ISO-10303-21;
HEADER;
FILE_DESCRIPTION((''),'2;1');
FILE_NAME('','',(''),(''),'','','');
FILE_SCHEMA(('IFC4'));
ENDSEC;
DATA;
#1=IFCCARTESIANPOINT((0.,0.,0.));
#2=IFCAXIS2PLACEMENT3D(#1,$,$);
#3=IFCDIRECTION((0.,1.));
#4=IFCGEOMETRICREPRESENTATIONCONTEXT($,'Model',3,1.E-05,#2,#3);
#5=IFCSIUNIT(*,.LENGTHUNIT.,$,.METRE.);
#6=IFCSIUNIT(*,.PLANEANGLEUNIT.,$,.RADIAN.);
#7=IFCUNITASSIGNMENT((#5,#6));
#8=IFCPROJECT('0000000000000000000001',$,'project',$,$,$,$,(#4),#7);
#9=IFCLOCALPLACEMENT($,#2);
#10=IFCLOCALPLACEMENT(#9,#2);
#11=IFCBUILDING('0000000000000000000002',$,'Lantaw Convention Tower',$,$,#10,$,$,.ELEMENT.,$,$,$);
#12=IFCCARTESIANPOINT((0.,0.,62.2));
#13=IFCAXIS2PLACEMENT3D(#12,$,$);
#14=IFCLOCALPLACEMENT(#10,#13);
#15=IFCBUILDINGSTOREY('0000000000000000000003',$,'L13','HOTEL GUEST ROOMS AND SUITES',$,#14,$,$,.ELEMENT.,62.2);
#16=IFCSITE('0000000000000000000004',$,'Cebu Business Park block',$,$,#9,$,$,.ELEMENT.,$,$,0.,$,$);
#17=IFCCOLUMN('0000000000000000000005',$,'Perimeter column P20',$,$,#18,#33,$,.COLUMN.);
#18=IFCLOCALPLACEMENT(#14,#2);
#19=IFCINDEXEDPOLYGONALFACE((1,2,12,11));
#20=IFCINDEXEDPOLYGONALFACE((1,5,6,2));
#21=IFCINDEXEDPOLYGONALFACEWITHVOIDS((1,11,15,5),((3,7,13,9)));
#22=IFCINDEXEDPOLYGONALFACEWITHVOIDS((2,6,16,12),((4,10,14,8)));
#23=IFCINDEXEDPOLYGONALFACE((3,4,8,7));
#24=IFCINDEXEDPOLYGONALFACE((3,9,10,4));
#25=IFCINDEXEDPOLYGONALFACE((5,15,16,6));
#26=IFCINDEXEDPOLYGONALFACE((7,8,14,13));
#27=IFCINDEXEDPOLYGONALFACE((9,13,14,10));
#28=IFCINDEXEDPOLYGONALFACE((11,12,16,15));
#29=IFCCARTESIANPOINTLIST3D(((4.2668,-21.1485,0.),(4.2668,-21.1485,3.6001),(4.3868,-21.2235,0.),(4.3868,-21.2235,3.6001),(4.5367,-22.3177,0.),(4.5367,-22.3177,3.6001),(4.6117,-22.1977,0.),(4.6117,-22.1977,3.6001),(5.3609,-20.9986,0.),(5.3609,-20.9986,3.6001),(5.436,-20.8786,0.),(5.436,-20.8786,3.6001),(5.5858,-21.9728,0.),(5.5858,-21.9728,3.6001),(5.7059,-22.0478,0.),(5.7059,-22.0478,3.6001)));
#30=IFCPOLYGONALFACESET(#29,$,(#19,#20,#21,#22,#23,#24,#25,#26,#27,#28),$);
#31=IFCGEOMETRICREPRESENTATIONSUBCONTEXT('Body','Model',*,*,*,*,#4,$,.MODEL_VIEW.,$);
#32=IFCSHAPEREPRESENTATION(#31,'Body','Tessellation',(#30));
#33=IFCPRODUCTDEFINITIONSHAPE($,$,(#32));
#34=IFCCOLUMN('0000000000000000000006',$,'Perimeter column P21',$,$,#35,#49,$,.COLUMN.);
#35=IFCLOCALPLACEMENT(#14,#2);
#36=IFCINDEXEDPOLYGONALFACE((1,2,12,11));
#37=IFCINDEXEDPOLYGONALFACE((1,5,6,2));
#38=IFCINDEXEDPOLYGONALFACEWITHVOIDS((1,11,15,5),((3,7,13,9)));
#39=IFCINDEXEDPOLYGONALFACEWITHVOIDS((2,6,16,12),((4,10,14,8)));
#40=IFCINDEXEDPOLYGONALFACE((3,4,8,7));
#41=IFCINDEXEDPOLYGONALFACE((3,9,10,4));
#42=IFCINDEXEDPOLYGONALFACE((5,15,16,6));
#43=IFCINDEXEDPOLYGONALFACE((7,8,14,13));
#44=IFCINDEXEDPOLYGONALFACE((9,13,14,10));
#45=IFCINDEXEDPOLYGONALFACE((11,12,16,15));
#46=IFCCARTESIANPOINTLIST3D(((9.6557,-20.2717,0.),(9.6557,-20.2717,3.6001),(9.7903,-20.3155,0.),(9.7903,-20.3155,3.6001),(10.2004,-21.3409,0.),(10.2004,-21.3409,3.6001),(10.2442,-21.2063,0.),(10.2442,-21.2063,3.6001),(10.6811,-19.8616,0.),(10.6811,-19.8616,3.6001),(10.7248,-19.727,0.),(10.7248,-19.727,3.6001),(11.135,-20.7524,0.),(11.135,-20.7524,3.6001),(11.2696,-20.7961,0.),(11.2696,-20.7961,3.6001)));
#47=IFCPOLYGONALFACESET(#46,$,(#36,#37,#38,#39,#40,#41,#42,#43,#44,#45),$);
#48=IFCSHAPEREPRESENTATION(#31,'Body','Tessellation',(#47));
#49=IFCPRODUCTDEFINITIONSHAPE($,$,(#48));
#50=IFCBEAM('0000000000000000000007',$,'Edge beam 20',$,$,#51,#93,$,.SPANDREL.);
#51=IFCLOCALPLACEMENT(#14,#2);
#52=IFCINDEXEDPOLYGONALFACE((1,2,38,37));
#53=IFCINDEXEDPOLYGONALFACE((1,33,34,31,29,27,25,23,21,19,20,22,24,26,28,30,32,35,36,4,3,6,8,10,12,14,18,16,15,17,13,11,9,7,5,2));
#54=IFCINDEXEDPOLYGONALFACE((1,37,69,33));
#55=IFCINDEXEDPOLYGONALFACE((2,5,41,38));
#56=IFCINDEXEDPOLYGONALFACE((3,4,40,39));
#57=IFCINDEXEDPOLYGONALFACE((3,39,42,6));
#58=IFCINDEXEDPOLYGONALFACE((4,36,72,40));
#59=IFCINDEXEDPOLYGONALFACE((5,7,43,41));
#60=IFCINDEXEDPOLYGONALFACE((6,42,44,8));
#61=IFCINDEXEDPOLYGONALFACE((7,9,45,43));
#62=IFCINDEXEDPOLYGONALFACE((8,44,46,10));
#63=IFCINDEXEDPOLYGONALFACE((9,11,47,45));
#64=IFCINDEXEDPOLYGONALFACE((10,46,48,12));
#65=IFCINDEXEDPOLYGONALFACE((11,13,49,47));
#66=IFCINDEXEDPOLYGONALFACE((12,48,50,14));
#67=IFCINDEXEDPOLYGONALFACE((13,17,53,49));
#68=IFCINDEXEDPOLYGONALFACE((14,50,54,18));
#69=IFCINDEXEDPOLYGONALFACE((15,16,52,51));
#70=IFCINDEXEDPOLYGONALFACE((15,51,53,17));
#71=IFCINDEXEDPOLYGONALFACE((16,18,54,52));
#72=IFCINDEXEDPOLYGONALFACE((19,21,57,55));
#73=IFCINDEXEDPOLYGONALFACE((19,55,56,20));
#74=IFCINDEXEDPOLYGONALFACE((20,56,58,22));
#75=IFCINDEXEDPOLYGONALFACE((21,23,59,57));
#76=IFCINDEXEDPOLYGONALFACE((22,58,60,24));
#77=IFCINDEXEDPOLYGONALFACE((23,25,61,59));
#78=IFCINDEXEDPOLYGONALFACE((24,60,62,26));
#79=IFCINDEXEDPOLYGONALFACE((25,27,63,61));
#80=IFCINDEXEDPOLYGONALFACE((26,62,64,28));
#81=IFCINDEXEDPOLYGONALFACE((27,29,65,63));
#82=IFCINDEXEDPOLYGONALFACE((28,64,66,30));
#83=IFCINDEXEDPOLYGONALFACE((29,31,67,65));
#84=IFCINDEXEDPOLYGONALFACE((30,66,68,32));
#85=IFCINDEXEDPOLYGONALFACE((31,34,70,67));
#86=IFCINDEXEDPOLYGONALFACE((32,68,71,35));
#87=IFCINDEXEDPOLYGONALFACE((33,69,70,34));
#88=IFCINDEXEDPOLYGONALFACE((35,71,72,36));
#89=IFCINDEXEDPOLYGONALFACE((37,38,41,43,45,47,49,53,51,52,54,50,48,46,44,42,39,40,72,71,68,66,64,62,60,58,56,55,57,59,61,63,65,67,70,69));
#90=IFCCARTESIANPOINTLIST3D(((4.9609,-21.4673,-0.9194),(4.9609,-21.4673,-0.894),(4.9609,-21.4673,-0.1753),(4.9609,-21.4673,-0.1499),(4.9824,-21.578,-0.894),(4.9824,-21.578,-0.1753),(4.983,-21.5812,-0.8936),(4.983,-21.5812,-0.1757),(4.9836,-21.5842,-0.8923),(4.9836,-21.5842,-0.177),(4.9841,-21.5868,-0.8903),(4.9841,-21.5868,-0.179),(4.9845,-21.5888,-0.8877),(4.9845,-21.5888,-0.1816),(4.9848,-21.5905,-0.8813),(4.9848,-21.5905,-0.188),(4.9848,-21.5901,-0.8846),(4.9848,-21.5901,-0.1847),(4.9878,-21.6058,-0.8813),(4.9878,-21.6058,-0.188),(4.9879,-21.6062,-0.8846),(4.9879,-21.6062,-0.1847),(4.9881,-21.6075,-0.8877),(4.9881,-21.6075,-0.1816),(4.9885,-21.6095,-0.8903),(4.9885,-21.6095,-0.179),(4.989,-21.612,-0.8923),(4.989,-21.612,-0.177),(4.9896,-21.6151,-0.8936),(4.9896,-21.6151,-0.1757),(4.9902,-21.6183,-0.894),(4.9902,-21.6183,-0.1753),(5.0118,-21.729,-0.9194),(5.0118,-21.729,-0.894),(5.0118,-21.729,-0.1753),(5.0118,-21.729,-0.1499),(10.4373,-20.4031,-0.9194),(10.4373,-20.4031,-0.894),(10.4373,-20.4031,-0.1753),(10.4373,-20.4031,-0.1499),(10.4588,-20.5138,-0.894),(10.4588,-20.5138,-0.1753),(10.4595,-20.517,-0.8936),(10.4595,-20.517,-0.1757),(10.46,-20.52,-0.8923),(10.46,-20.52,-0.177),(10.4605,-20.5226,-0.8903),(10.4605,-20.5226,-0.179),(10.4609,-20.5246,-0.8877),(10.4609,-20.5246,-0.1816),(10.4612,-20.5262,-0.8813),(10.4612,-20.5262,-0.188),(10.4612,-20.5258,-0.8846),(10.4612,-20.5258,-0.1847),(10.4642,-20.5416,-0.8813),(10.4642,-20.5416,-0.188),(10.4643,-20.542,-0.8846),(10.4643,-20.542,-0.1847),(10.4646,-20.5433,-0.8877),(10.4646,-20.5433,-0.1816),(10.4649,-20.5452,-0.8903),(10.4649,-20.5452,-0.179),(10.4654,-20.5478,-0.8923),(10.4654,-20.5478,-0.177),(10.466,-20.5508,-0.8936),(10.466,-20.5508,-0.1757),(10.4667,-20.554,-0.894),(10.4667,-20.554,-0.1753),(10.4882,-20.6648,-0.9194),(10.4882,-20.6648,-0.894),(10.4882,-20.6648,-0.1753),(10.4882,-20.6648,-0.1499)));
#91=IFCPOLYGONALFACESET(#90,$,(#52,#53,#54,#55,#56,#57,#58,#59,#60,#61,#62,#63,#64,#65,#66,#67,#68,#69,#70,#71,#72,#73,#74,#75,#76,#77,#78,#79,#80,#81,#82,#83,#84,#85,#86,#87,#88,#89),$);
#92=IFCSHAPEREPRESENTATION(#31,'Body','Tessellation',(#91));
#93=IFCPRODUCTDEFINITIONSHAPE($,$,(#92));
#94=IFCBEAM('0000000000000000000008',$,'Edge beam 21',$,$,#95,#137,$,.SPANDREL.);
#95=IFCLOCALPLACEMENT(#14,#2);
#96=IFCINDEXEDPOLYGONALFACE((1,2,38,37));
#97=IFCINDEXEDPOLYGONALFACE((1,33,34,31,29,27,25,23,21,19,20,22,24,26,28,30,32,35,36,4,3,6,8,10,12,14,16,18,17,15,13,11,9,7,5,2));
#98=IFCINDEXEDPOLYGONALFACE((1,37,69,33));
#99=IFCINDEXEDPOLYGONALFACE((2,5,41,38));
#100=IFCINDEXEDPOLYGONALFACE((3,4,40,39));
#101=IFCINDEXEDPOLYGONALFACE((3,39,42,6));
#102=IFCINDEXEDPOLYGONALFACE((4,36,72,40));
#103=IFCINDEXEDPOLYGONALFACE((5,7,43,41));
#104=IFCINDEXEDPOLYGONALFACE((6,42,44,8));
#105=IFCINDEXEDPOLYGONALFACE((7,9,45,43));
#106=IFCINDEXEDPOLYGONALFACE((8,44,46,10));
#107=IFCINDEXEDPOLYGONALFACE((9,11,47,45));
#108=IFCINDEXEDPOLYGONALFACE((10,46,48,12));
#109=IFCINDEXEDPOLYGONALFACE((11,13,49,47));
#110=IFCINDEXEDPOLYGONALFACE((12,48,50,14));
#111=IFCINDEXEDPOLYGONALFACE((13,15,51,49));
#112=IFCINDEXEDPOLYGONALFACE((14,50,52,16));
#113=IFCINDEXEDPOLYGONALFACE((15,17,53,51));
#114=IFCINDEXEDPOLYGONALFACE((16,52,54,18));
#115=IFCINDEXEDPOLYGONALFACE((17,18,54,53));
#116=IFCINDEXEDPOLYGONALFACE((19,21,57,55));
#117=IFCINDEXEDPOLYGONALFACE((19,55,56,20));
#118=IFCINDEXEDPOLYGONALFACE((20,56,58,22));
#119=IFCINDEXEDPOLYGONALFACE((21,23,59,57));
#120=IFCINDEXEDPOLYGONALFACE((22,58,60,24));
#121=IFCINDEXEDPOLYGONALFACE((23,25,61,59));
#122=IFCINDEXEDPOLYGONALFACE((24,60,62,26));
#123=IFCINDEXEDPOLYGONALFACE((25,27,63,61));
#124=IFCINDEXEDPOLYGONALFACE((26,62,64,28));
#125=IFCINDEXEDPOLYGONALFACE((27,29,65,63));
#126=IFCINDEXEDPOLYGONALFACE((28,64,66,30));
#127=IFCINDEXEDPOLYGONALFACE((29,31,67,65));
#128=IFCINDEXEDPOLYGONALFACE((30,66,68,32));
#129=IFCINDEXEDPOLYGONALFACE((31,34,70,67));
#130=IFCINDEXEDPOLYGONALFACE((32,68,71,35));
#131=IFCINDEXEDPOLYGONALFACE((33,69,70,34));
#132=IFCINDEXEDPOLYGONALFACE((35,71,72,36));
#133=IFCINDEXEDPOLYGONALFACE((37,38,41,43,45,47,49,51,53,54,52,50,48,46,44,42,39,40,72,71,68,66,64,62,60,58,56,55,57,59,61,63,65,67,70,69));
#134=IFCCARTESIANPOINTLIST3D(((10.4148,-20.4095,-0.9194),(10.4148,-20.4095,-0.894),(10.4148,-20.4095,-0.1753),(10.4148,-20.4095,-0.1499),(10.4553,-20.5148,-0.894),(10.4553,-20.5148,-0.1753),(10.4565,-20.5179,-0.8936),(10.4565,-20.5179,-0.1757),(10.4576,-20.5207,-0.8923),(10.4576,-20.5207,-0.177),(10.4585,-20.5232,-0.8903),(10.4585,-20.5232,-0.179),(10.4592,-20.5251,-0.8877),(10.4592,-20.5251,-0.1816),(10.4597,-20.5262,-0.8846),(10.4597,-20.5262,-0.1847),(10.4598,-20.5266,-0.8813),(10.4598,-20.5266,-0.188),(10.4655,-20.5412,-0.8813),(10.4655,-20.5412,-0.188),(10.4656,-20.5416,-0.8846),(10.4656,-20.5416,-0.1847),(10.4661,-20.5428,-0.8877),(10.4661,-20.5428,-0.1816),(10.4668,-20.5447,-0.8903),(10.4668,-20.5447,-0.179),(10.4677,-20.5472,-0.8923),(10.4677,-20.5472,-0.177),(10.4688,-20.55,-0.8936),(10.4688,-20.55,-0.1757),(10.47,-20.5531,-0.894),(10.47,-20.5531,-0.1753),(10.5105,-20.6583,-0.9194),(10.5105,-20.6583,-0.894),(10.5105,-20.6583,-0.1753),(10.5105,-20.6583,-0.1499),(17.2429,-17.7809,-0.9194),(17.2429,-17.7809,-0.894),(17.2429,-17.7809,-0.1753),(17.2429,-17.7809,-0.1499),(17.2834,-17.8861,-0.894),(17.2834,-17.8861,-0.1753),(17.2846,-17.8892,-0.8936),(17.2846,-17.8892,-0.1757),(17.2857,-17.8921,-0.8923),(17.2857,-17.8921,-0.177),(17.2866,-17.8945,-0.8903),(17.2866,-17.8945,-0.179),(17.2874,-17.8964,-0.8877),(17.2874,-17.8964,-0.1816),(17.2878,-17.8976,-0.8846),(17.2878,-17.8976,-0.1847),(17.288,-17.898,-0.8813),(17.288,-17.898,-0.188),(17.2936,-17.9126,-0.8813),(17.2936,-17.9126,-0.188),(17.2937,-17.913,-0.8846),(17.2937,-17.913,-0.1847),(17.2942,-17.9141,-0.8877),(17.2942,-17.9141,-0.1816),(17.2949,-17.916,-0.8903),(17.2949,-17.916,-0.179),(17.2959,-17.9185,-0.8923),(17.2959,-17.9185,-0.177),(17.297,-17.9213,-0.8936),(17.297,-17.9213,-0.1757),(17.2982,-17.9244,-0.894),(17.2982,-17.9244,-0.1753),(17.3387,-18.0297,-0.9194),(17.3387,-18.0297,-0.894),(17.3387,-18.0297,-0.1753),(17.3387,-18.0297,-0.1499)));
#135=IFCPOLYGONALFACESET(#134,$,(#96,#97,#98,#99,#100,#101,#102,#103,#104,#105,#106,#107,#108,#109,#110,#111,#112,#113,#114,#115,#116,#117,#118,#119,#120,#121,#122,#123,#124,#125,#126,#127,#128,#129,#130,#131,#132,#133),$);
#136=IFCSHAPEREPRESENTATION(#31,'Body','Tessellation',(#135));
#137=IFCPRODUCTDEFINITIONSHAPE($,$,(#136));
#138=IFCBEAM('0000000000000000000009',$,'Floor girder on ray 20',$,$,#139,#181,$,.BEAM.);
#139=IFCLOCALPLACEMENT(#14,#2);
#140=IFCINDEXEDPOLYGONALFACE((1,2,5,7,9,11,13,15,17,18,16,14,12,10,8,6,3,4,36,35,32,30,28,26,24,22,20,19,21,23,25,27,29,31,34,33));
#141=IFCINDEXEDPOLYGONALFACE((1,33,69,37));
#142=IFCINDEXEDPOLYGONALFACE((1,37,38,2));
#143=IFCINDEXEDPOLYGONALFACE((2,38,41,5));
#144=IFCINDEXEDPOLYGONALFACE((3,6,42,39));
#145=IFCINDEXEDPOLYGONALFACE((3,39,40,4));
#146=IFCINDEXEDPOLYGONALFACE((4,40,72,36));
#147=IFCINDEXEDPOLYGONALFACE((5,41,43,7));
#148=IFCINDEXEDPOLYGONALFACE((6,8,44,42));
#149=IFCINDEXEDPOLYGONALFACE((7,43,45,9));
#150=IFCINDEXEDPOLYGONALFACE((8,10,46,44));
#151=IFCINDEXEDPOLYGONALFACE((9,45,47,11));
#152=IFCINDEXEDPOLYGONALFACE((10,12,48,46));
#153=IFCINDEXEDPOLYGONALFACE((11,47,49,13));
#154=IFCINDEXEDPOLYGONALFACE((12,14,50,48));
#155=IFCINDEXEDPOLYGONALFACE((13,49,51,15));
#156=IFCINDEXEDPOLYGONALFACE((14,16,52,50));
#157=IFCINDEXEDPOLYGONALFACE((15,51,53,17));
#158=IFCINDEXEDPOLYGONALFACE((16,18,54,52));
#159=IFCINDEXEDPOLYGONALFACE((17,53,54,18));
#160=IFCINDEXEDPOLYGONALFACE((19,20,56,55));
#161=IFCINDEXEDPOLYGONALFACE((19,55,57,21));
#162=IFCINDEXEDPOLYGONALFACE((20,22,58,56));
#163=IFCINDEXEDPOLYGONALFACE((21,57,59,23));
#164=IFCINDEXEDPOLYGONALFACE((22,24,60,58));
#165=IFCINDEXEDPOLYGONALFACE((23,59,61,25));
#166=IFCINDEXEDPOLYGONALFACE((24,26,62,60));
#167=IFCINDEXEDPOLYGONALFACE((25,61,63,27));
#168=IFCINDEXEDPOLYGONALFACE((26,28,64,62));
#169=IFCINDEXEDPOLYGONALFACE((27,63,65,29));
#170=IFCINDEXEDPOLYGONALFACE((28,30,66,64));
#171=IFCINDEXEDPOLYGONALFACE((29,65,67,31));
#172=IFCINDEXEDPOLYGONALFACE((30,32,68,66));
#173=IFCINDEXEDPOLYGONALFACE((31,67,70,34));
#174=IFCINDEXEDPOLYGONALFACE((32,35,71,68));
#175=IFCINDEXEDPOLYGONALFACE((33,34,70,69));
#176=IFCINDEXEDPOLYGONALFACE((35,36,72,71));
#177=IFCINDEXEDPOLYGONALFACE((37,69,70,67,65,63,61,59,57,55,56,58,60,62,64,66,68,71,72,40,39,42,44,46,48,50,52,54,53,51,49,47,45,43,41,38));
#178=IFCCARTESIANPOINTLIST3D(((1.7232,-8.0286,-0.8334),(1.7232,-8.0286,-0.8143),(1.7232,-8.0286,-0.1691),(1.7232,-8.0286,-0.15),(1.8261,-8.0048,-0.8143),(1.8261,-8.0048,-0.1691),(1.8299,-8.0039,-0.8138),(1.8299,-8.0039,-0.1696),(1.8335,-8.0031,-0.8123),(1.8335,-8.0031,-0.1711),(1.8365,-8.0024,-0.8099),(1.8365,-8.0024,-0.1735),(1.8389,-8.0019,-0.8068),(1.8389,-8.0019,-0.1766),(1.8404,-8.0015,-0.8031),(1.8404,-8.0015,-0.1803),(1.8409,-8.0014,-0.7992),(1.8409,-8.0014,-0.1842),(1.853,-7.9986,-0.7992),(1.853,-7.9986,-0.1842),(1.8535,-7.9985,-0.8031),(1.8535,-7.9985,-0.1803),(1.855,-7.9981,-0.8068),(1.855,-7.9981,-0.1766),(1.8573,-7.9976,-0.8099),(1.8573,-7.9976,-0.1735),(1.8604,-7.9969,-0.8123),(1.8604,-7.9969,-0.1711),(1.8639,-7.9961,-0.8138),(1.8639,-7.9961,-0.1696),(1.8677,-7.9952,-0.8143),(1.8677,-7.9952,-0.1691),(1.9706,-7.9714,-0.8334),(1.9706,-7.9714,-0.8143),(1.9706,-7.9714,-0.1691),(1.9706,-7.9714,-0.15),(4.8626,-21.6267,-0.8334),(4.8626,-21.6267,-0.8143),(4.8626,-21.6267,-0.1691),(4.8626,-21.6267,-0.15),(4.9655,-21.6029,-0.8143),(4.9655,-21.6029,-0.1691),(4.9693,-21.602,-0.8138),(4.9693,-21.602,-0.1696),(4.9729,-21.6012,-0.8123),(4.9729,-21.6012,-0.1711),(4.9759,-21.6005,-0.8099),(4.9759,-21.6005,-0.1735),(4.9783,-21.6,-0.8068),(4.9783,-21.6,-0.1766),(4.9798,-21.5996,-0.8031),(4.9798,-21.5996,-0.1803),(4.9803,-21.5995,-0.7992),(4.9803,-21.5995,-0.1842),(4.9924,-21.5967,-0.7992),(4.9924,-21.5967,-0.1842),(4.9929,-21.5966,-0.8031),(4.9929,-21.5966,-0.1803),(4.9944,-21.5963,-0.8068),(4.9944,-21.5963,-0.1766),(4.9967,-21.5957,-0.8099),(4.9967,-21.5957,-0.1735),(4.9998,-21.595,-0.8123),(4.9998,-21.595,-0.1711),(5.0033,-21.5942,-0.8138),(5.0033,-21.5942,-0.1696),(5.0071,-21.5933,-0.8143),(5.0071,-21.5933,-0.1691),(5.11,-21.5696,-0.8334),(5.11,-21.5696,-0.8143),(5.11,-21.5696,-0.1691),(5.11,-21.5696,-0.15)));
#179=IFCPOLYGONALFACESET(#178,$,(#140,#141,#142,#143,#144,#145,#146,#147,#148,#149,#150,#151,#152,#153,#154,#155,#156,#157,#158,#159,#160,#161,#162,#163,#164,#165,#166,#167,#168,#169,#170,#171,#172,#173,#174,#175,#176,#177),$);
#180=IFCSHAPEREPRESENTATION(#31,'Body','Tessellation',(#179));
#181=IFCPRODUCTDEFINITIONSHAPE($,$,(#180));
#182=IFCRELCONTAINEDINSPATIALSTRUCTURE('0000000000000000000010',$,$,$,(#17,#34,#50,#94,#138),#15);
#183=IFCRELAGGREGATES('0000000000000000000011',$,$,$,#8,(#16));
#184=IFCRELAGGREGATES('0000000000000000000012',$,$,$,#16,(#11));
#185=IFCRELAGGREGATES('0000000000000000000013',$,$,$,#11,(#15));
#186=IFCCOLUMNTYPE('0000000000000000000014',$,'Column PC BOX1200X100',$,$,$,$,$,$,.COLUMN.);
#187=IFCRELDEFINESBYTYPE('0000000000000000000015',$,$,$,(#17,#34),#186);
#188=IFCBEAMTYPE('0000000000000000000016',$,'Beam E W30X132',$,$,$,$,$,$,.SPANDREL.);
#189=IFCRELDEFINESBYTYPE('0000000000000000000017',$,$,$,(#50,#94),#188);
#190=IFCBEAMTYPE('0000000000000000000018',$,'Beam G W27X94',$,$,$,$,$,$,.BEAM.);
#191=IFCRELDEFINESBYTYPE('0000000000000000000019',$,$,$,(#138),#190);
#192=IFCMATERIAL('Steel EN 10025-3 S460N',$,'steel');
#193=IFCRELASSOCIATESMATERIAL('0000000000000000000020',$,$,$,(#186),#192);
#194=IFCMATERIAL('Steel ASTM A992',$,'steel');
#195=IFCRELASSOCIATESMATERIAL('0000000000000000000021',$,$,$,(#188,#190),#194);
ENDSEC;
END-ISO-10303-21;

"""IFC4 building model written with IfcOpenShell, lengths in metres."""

from ifc_helpers import new_model, si_unit, direction, frame, origin, origin_2d, place, context, subcontext, project, spatial, rectangle, hollow_rectangle, i_section, extrude, material, material_profile, profile_set, type_object, element, save


model = new_model("IFC4")

# Units and contexts
model_context = context("Model", 3, precision=1e-05, world=origin(), true_north=direction((0.0, 1.0)))
body_context = subcontext(model_context, "Body", "Model", "MODEL_VIEW")
ifc_project = project(units=[si_unit("LENGTHUNIT", "METRE"), si_unit("PLANEANGLEUNIT", "RADIAN")], contexts=[model_context])

# Site, building, storey
site_placement = place(None, origin())
site = spatial("IfcSite", under=ifc_project, at=site_placement, Name="Cebu Business Park block", CompositionType="ELEMENT", RefElevation=0.0)
building_placement = place(site_placement, origin())
building = spatial("IfcBuilding", under=site, at=building_placement, Name="Lantaw Convention Tower", CompositionType="ELEMENT")
storey_placement = place(building_placement, frame((0.0, 0.0, 62.2)))
storey = spatial("IfcBuildingStorey", under=building, at=storey_placement, Name="L13", Description="HOTEL GUEST ROOMS AND SUITES", CompositionType="ELEMENT", Elevation=62.2)

# Columns
ifc_material_1 = material(Name="Steel EN 10025-3 S460N", Category="steel")
ifc_material_profile_1 = material_profile(ifc_material_1, hollow_rectangle(XDim=1.2, YDim=1.2, WallThickness=0.1001, at=origin_2d()), Name="BOX1200X100")
ifc_material_2 = material(Name="Concrete C60/75", Category="concrete")
ifc_material_profile_2 = material_profile(ifc_material_2, rectangle(XDim=1.0, YDim=1.0, at=origin_2d()), Name="Concrete fill of BOX1200X100")
ifc_profile_set_1 = profile_set([ifc_material_profile_1, ifc_material_profile_2], Name="Steel EN 10025-3 S460N")
column_type = type_object("IfcColumnType", Name="Column PC BOX1200X100", PredefinedType="COLUMN", material=ifc_profile_set_1)
for number, where, z_axis, x_axis, name in (
    (1, (4.9863, -21.5981, 0.0), (0.0, 0.0, 1.0), (0.97437, 0.224951, 0.0), "Perimeter column P20"),
    (2, (10.4626, -20.5339, 0.0), (0.0, 0.0, 1.0), (0.891007, 0.45399, 0.0), "Perimeter column P21"),
):
    element("IfcColumn", number, at=place(storey_placement, frame(where, z_axis=z_axis, x_axis=x_axis)), inside=storey, type_object=column_type, Name=name, PredefinedType="COLUMN", context=body_context, shape_type="SweptSolid", body=[
        extrude(hollow_rectangle(XDim=1.2, YDim=1.2, WallThickness=0.1001, at=origin_2d()), origin(), (0.0, 0.0, 1.0), 3.6001),
    ])

# Beams
ifc_material_3 = material(Name="Steel ASTM A992", Category="steel")
ifc_material_profile_3 = material_profile(ifc_material_3, i_section(OverallWidth=0.2666, OverallDepth=0.7695, WebThickness=0.0156, FlangeThickness=0.0254, FilletRadius=0.0127, at=origin_2d()), Name="W30X132")
ifc_profile_set_2 = profile_set([ifc_material_profile_3], Name="Steel ASTM A992")
beam_type_1 = type_object("IfcBeamType", Name="Beam E W30X132", PredefinedType="SPANDREL", material=ifc_profile_set_2)
beam_1_placement = place(storey_placement, frame((4.9863, -21.5981, -0.5347), z_axis=(0.981637, 0.190761, 0.0), x_axis=(-0.190761, 0.981637, 0.0)))
element("IfcBeam", 3, at=beam_1_placement, inside=storey, type_object=beam_type_1, Name="Edge beam 20", PredefinedType="SPANDREL", context=body_context, shape_type="SweptSolid", body=[
    extrude(i_section(OverallWidth=0.2666, OverallDepth=0.7695, WebThickness=0.0156, FlangeThickness=0.0254, FilletRadius=0.0127, at=origin_2d()), origin(), (0.0, 0.0, 1.0), 5.5789),
])
beam_2_placement = place(storey_placement, frame((10.4626, -20.5339, -0.5347), z_axis=(0.933233, 0.359272, 0.0), x_axis=(-0.359272, 0.933233, 0.0)))
element("IfcBeam", 4, at=beam_2_placement, inside=storey, type_object=beam_type_1, Name="Edge beam 21", PredefinedType="SPANDREL", context=body_context, shape_type="SweptSolid", body=[
    extrude(i_section(OverallWidth=0.2666, OverallDepth=0.7695, WebThickness=0.0156, FlangeThickness=0.0254, FilletRadius=0.0127, at=origin_2d()), origin(), (0.0, 0.0, 1.0), 7.3167),
])
ifc_material_profile_4 = material_profile(ifc_material_3, i_section(OverallWidth=0.2539, OverallDepth=0.6833, WebThickness=0.0125, FlangeThickness=0.019, FilletRadius=0.0151, at=origin_2d()), Name="W27X94")
ifc_profile_set_3 = profile_set([ifc_material_profile_4], Name="Steel ASTM A992")
beam_type_2 = type_object("IfcBeamType", Name="Beam G W27X94", PredefinedType="BEAM", material=ifc_profile_set_3)
beam_3_placement = place(storey_placement, frame((1.8469, -8.0, -0.4917), z_axis=(0.224953, -0.97437, 0.0), x_axis=(0.97437, 0.224953, 0.0)))
element("IfcBeam", 5, at=beam_3_placement, inside=storey, type_object=beam_type_2, Name="Floor girder on ray 20", PredefinedType="BEAM", context=body_context, shape_type="SweptSolid", body=[
    extrude(i_section(OverallWidth=0.2539, OverallDepth=0.6833, WebThickness=0.0125, FlangeThickness=0.019, FilletRadius=0.0151, at=origin_2d()), origin(), (0.0, 0.0, 1.0), 13.9558),
])

save(model, "model.ifc")
